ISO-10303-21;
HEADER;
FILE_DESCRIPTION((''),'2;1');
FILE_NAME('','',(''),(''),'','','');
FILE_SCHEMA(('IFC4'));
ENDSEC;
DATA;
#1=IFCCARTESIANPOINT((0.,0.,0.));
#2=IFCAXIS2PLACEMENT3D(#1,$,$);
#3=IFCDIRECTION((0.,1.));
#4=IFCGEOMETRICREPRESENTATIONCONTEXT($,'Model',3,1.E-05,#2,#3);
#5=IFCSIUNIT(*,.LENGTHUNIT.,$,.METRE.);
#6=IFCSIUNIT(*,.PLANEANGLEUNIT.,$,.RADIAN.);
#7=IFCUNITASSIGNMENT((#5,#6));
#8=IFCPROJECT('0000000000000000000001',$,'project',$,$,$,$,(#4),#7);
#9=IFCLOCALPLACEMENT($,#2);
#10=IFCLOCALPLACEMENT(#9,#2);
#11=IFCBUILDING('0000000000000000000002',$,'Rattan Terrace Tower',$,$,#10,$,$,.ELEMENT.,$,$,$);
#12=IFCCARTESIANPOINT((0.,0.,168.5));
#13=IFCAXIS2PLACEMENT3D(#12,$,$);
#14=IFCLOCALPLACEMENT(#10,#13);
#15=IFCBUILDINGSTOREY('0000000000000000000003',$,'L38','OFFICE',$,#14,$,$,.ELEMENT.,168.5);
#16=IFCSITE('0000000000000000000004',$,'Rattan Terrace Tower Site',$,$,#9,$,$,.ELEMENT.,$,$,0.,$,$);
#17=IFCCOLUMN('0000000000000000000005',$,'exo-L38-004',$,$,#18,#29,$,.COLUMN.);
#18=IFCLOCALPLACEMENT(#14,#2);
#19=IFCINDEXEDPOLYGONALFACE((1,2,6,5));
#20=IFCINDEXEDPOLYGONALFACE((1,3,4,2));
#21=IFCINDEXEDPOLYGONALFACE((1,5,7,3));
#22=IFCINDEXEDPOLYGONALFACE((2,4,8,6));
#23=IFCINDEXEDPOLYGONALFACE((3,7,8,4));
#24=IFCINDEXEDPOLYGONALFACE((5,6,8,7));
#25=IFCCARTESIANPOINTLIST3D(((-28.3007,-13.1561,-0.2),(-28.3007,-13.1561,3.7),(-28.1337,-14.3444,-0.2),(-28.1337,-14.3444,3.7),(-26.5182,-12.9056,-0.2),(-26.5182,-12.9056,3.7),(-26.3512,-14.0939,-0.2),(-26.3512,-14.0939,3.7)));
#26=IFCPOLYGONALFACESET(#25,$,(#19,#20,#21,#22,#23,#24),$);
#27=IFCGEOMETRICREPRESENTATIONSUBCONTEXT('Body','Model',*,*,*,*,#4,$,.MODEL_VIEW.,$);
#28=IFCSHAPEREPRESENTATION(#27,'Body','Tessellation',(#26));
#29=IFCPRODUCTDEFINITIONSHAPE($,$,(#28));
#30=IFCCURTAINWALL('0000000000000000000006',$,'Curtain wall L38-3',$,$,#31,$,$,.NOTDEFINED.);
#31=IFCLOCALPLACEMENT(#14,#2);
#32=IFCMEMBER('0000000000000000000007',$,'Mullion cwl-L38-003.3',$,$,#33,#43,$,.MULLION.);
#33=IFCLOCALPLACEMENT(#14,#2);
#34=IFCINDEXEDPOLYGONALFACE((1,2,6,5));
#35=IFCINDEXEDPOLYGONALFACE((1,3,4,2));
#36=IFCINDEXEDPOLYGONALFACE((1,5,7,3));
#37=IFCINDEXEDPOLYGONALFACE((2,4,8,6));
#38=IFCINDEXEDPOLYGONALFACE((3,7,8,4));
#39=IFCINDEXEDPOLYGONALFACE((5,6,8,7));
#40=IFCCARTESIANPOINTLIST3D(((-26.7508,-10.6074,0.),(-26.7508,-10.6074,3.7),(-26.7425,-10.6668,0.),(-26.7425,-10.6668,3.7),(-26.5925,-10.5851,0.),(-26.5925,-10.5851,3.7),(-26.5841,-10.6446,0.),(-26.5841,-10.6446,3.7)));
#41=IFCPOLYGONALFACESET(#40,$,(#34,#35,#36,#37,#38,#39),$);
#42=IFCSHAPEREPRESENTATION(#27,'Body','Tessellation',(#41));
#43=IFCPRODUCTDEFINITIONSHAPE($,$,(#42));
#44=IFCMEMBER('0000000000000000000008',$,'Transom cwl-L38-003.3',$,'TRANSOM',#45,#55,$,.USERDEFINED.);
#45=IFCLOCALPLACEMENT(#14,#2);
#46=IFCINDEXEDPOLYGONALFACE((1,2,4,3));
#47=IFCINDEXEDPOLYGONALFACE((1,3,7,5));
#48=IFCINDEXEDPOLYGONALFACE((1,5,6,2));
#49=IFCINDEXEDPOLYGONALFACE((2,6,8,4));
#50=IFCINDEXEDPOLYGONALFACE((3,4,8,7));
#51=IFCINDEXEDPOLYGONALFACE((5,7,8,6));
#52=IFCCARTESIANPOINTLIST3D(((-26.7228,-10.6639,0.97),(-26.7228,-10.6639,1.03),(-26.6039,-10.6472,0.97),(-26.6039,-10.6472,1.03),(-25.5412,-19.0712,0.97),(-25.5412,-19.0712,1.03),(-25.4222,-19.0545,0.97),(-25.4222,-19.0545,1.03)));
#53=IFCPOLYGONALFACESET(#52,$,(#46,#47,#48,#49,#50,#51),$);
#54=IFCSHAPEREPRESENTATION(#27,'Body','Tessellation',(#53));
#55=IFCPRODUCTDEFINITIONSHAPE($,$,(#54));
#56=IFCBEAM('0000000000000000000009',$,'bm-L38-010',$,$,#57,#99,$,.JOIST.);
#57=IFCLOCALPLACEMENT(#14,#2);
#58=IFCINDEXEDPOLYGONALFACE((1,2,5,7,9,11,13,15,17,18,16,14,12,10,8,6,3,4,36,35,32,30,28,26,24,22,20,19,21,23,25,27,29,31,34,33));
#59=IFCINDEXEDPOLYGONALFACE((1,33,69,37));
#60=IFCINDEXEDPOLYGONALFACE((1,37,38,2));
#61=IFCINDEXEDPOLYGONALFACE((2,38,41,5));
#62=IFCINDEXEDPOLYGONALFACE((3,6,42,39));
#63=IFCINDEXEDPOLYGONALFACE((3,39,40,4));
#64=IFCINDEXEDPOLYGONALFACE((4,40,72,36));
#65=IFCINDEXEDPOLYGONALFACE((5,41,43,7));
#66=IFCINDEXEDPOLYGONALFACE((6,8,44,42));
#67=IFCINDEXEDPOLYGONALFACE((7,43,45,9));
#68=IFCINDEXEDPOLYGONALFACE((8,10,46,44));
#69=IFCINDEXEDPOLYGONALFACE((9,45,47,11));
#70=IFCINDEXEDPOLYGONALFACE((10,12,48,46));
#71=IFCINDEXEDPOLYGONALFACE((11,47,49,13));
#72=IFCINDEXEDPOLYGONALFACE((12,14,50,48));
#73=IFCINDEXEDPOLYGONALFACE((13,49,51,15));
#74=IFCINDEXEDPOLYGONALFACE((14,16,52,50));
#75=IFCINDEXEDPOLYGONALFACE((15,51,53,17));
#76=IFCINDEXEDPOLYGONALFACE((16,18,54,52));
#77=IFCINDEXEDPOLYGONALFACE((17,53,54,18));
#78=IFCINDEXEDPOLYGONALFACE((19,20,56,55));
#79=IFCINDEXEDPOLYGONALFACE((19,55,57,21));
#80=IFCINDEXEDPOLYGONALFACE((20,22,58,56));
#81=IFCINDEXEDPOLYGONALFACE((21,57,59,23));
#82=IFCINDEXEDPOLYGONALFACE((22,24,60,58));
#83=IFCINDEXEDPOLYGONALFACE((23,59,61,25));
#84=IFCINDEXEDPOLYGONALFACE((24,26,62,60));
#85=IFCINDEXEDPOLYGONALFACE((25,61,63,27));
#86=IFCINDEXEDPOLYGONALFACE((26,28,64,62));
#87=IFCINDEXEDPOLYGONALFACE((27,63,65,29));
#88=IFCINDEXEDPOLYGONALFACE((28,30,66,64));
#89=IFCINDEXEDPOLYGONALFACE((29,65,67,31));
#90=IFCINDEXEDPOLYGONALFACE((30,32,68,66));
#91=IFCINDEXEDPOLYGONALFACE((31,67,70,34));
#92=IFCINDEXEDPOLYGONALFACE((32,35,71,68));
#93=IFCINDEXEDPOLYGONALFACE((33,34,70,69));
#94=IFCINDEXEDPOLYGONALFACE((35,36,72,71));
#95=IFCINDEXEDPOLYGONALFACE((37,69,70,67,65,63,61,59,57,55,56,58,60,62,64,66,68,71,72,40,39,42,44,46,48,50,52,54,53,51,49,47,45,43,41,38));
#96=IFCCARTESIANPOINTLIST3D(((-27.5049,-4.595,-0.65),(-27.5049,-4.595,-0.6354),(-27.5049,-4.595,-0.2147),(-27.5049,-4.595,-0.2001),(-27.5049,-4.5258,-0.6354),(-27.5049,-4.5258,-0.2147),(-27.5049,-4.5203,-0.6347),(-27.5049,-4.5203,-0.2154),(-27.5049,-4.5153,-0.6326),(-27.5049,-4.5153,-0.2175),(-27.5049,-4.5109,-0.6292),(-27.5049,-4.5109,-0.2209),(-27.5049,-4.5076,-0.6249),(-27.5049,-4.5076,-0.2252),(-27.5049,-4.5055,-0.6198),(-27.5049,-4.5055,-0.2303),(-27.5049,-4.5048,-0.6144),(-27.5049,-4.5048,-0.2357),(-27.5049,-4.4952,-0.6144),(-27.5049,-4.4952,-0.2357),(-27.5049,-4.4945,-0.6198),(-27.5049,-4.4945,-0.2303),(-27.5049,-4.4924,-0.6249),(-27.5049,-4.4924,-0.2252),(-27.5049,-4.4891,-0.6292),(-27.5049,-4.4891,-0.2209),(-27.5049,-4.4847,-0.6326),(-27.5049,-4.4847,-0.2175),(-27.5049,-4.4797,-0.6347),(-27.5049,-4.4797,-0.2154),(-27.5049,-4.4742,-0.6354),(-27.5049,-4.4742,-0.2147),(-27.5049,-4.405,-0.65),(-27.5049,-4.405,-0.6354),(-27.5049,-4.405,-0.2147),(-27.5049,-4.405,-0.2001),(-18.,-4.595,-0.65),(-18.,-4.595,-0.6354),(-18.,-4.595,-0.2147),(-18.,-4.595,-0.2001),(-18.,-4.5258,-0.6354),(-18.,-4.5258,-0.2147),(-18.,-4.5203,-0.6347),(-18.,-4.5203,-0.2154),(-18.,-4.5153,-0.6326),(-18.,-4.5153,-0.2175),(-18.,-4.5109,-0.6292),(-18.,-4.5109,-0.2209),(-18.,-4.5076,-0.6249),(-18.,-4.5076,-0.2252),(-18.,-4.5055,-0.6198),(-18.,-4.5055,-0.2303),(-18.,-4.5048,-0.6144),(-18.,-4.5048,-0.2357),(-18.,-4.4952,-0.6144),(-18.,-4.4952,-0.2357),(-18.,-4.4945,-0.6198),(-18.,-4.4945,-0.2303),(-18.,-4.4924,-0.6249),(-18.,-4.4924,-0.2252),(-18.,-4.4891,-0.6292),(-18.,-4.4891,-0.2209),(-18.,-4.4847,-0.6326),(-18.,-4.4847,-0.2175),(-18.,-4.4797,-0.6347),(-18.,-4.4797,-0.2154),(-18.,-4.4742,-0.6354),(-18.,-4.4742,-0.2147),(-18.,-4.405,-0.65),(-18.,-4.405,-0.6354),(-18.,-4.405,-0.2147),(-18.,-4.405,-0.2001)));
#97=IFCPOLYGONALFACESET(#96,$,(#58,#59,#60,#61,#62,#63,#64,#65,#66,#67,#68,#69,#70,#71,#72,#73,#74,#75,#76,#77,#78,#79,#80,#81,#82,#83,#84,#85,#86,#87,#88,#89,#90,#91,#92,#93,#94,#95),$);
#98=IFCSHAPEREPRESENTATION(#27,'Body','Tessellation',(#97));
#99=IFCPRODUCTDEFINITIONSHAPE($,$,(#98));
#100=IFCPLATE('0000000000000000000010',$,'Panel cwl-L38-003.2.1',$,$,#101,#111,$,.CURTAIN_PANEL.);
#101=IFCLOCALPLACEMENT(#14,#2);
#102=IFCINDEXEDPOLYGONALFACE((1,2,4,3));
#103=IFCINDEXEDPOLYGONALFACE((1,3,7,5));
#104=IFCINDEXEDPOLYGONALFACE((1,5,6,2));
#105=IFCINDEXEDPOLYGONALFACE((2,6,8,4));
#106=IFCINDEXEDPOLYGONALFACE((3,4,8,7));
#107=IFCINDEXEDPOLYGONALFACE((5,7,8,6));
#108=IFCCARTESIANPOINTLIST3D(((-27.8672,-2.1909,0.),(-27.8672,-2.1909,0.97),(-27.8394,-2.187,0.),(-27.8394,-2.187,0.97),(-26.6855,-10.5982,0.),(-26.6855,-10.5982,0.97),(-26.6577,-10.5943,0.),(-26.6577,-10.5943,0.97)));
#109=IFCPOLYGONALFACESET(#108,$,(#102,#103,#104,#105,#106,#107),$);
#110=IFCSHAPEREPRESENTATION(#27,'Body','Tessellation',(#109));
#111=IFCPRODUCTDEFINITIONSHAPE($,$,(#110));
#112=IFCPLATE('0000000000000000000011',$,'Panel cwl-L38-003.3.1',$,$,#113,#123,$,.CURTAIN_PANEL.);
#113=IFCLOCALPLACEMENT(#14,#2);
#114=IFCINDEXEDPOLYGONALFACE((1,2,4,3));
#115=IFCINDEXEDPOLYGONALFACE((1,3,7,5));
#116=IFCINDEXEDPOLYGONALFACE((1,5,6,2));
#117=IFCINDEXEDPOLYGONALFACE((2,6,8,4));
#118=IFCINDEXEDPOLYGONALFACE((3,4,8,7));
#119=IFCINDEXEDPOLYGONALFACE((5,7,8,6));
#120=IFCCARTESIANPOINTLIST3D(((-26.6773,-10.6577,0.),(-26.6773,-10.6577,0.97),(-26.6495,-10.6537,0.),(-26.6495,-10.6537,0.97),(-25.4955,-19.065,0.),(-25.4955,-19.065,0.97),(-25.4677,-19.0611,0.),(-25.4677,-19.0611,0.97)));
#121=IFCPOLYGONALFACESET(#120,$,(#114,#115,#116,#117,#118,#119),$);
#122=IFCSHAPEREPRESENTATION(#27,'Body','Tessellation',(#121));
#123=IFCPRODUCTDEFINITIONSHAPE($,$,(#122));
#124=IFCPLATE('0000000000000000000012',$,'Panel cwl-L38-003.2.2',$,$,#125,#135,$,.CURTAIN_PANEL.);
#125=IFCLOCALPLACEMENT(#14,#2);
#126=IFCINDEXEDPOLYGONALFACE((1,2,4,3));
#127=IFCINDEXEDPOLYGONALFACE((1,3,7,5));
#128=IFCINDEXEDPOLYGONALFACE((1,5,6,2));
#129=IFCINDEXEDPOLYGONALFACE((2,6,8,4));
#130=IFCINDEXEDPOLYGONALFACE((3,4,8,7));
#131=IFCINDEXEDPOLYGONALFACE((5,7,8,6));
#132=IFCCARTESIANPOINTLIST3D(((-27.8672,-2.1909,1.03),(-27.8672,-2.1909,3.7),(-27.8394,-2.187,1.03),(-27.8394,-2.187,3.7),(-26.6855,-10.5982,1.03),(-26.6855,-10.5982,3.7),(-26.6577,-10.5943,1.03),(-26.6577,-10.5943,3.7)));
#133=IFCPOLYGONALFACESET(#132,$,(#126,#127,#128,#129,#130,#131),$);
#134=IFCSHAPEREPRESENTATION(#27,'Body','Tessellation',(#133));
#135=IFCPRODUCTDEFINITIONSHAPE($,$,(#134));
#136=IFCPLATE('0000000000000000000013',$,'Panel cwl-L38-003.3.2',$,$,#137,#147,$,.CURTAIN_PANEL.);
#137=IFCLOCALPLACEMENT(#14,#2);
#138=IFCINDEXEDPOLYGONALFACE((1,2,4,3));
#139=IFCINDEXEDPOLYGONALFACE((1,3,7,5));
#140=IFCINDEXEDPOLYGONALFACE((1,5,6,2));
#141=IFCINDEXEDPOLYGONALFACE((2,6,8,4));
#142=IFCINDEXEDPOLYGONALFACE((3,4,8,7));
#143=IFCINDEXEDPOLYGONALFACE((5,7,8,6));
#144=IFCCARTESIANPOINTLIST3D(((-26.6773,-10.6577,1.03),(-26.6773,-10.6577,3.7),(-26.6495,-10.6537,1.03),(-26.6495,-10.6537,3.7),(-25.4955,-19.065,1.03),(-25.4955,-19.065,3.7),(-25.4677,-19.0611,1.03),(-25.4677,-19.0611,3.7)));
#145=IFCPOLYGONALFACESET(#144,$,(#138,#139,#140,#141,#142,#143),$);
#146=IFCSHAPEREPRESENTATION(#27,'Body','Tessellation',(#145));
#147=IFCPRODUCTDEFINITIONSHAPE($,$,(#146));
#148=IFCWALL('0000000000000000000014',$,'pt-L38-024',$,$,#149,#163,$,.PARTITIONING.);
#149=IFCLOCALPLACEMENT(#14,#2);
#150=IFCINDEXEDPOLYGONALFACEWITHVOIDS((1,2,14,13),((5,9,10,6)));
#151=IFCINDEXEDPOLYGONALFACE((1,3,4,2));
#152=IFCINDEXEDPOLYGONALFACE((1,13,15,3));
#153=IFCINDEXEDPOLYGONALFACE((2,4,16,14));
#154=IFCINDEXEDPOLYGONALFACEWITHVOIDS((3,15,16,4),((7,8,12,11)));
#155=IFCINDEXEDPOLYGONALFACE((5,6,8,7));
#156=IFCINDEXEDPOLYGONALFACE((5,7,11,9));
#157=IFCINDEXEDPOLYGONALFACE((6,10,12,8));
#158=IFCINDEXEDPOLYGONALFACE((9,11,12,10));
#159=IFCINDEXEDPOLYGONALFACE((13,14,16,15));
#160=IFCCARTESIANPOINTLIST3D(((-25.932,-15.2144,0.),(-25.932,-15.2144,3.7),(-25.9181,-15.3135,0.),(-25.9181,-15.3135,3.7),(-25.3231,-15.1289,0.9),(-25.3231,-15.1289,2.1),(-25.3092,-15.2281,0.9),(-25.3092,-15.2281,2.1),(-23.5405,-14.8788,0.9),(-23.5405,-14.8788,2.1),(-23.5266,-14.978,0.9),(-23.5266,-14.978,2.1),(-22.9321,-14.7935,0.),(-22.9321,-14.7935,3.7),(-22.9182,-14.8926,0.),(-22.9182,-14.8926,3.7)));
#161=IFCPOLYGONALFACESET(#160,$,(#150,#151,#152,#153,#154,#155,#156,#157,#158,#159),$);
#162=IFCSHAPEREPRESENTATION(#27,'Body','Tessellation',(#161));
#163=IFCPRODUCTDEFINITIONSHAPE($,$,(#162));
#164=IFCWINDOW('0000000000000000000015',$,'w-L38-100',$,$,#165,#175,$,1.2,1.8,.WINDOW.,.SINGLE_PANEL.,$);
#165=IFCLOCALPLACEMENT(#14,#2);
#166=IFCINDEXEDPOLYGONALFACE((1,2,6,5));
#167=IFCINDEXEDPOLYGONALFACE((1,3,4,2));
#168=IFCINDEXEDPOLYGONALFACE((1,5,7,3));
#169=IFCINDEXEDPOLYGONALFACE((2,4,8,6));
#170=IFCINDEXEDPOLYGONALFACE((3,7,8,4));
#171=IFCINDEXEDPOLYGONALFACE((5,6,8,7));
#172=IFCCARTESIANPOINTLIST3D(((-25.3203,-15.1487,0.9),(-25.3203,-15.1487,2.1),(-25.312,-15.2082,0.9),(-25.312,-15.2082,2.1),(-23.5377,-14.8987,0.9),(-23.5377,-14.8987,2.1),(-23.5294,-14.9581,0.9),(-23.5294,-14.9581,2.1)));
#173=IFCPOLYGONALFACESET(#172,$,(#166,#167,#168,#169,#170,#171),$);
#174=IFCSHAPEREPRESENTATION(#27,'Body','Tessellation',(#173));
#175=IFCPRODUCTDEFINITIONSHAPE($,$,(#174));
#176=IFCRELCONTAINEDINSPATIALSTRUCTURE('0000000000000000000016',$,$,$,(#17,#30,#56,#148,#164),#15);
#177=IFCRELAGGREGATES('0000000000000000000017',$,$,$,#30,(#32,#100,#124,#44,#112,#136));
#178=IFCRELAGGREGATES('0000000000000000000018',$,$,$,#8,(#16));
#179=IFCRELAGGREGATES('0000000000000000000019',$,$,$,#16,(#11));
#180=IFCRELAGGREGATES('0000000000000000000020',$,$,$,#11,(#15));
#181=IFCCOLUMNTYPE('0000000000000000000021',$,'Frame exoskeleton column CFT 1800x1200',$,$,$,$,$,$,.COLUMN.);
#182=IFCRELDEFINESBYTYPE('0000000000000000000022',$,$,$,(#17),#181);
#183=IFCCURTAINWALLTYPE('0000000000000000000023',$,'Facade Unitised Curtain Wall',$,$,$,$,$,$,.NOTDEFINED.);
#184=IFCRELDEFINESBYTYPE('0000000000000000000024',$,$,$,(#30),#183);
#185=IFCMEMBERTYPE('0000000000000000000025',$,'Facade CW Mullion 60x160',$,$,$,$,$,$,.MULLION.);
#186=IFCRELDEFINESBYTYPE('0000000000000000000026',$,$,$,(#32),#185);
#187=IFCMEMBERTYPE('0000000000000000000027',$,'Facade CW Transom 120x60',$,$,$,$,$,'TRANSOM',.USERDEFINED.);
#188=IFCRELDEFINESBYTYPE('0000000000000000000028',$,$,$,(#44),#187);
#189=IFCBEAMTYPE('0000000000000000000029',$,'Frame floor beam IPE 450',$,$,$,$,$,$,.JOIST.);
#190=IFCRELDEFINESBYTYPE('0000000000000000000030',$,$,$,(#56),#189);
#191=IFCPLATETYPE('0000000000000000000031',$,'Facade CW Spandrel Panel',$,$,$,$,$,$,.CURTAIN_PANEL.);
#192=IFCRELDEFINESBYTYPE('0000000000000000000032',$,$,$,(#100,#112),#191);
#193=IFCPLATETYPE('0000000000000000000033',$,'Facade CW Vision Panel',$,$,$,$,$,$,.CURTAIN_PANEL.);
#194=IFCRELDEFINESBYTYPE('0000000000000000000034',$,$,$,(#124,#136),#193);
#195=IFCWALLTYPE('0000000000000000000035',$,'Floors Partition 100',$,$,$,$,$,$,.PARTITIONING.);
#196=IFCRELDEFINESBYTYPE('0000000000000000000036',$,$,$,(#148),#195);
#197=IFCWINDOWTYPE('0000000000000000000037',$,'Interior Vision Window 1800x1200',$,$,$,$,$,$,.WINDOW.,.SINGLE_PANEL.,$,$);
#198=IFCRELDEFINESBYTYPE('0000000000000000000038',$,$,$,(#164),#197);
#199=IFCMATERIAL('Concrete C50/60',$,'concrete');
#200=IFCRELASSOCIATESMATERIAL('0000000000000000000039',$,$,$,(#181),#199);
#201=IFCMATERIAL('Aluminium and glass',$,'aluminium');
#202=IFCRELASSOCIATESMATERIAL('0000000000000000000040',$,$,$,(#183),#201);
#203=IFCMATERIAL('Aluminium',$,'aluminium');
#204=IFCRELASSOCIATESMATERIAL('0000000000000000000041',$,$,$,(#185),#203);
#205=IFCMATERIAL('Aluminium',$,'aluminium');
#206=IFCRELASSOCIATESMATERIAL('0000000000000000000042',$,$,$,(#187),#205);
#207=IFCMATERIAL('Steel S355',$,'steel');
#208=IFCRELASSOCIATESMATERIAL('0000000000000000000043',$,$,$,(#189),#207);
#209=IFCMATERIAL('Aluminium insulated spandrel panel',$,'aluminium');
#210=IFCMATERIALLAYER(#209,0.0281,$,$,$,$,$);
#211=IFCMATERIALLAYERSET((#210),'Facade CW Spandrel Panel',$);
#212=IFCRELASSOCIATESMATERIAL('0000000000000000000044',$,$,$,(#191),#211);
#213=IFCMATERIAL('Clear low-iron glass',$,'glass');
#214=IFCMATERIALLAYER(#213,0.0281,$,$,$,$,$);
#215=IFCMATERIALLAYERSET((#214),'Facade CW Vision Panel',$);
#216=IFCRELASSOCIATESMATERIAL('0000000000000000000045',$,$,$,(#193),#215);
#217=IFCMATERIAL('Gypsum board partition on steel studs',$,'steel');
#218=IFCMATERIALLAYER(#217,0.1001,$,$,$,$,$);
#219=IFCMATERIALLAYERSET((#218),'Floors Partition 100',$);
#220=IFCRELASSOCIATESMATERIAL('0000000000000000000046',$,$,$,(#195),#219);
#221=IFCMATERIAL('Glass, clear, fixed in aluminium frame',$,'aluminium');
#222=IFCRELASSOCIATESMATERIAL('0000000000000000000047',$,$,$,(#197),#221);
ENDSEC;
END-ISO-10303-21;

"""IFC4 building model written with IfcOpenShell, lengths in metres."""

from ifc_helpers import new_model, si_unit, direction, frame, frame_2d, origin, origin_2d, place, context, subcontext, project, spatial, rectangle, i_section, extrude, material, layer, layer_set, material_profile, profile_set, type_object, element, fill, aggregate, save


model = new_model("IFC4")

# Units and contexts
model_context = context("Model", 3, precision=1e-05, world=origin(), true_north=direction((0.0, 1.0)))
body_context = subcontext(model_context, "Body", "Model", "MODEL_VIEW")
ifc_project = project(units=[si_unit("LENGTHUNIT", "METRE"), si_unit("PLANEANGLEUNIT", "RADIAN")], contexts=[model_context])

# Site, building, storey
site_placement = place(None, origin())
site = spatial("IfcSite", under=ifc_project, at=site_placement, Name="Rattan Terrace Tower Site", CompositionType="ELEMENT", RefElevation=0.0)
building_placement = place(site_placement, origin())
building = spatial("IfcBuilding", under=site, at=building_placement, Name="Rattan Terrace Tower", CompositionType="ELEMENT")
storey_placement = place(building_placement, frame((0.0, 0.0, 168.5)))
storey = spatial("IfcBuildingStorey", under=building, at=storey_placement, Name="L38", Description="OFFICE", CompositionType="ELEMENT", Elevation=168.5)

# Column
ifc_material_1 = material(Name="Concrete C50/60", Category="concrete")
ifc_material_profile_1 = material_profile(ifc_material_1, rectangle(XDim=1.2, YDim=1.8, at=origin_2d()), Name="CFT 1800x1200")
ifc_profile_set_1 = profile_set([ifc_material_profile_1], Name="Concrete C50/60")
column_type = type_object("IfcColumnType", Name="Frame exoskeleton column CFT 1800x1200", PredefinedType="COLUMN", material=ifc_profile_set_1)
column_placement = place(storey_placement, frame((-27.3259, -13.625, -0.2), z_axis=(0.0, 0.0, 1.0), x_axis=(-0.13919, 0.990266, 0.0)))
element("IfcColumn", 1, at=column_placement, inside=storey, type_object=column_type, Name="exo-L38-004", PredefinedType="COLUMN", context=body_context, shape_type="SweptSolid", body=[
    extrude(rectangle(XDim=1.2, YDim=1.8, at=origin_2d()), origin(), (0.0, 0.0, 1.0), 3.8999),
])

# Curtain wall, members
ifc_material_2 = material(Name="Aluminium and glass", Category="aluminium")
curtain_wall_type = type_object("IfcCurtainWallType", Name="Facade Unitised Curtain Wall", PredefinedType="NOTDEFINED", material=ifc_material_2)
curtain_wall_placement = place(storey_placement, origin())
curtain_wall = element("IfcCurtainWall", 2, at=curtain_wall_placement, inside=storey, type_object=curtain_wall_type, Name="Curtain wall L38-3", PredefinedType="NOTDEFINED")
ifc_material_3 = material(Name="Aluminium", Category="aluminium")
ifc_material_profile_2 = material_profile(ifc_material_3, rectangle(XDim=0.0601, YDim=0.1599, at=origin_2d()), Name="Aluminium 60x160")
ifc_profile_set_2 = profile_set([ifc_material_profile_2], Name="Aluminium")
member_type_1 = type_object("IfcMemberType", Name="Facade CW Mullion 60x160", PredefinedType="MULLION", material=ifc_profile_set_2)
member_1_placement = place(storey_placement, frame((-26.6675, -10.626, 0.0), z_axis=(0.0, 0.0, 1.0), x_axis=(0.139191, -0.990266, 0.0)))
member_1 = element("IfcMember", 3, at=member_1_placement, type_object=member_type_1, Name="Mullion cwl-L38-003.3", PredefinedType="MULLION", context=body_context, shape_type="SweptSolid", body=[
    extrude(rectangle(XDim=0.0601, YDim=0.1599, at=origin_2d()), origin(), (0.0, 0.0, 1.0), 3.7),
])
ifc_material_4 = material(Name="Aluminium", Category="aluminium")
ifc_material_profile_3 = material_profile(ifc_material_4, rectangle(XDim=0.1201, YDim=0.0601, at=origin_2d()), Name="Aluminium 120x60")
ifc_profile_set_3 = profile_set([ifc_material_profile_3], Name="Aluminium")
member_type_2 = type_object("IfcMemberType", Name="Facade CW Transom 120x60", ElementType="TRANSOM", PredefinedType="USERDEFINED", material=ifc_profile_set_3)
member_2_placement = place(storey_placement, frame((-26.6633, -10.6555, 1.0), z_axis=(0.139179, -0.990267, 0.0), x_axis=(0.990267, 0.139179, 0.0)))
member_2 = element("IfcMember", 4, at=member_2_placement, type_object=member_type_2, Name="Transom cwl-L38-003.3", ObjectType="TRANSOM", PredefinedType="USERDEFINED", context=body_context, shape_type="SweptSolid", body=[
    extrude(rectangle(XDim=0.1201, YDim=0.0601, at=origin_2d()), origin(), (0.0, 0.0, 1.0), 8.49),
])

# Beam
ifc_material_5 = material(Name="Steel S355", Category="steel")
ifc_material_profile_4 = material_profile(ifc_material_5, i_section(OverallWidth=0.1899, OverallDepth=0.45, WebThickness=0.0095, FlangeThickness=0.0146, FilletRadius=0.021, at=origin_2d()), Name="IPE 450")
ifc_profile_set_4 = profile_set([ifc_material_profile_4], Name="Steel S355")
beam_type = type_object("IfcBeamType", Name="Frame floor beam IPE 450", PredefinedType="JOIST", material=ifc_profile_set_4)
beam_placement = place(storey_placement, frame((-27.5049, -4.5, -0.425), z_axis=(1.0, 0.0, 0.0), x_axis=(0.0, 1.0, 0.0)))
element("IfcBeam", 5, at=beam_placement, inside=storey, type_object=beam_type, Name="bm-L38-010", PredefinedType="JOIST", context=body_context, shape_type="SweptSolid", body=[
    extrude(i_section(OverallWidth=0.1899, OverallDepth=0.45, WebThickness=0.0095, FlangeThickness=0.0146, FilletRadius=0.021, at=origin_2d()), origin(), (0.0, 0.0, 1.0), 9.5049),
])

# Plates
ifc_material_6 = material(Name="Aluminium insulated spandrel panel", Category="aluminium")
ifc_layer_1 = layer(ifc_material_6, 0.0281)
ifc_layer_set_1 = layer_set([ifc_layer_1], Name="Facade CW Spandrel Panel")
plate_type_1 = type_object("IfcPlateType", Name="Facade CW Spandrel Panel", PredefinedType="CURTAIN_PANEL", material=ifc_layer_set_1)
plate_1_placement = place(storey_placement, frame((-27.2625, -6.3926, 0.0), z_axis=(0.0, 0.0, 1.0), x_axis=(0.139191, -0.990266, 0.0)))
plate_1 = element("IfcPlate", 6, at=plate_1_placement, type_object=plate_type_1, Name="Panel cwl-L38-003.2.1", PredefinedType="CURTAIN_PANEL", context=body_context, shape_type="SweptSolid", body=[
    extrude(rectangle(XDim=8.49, YDim=0.0281, at=origin_2d()), origin(), (0.0, 0.0, 1.0), 0.97),
])
plate_2_placement = place(storey_placement, frame((-26.0725, -14.8594, 0.0), z_axis=(0.0, 0.0, 1.0), x_axis=(0.139191, -0.990266, 0.0)))
plate_2 = element("IfcPlate", 7, at=plate_2_placement, type_object=plate_type_1, Name="Panel cwl-L38-003.3.1", PredefinedType="CURTAIN_PANEL", context=body_context, shape_type="SweptSolid", body=[
    extrude(rectangle(XDim=8.49, YDim=0.0281, at=origin_2d()), origin(), (0.0, 0.0, 1.0), 0.97),
])
ifc_material_7 = material(Name="Clear low-iron glass", Category="glass")
ifc_layer_2 = layer(ifc_material_7, 0.0281)
ifc_layer_set_2 = layer_set([ifc_layer_2], Name="Facade CW Vision Panel")
plate_type_2 = type_object("IfcPlateType", Name="Facade CW Vision Panel", PredefinedType="CURTAIN_PANEL", material=ifc_layer_set_2)
plate_3_placement = place(storey_placement, frame((-27.2625, -6.3926, 1.03), z_axis=(0.0, 0.0, 1.0), x_axis=(0.139191, -0.990266, 0.0)))
plate_3 = element("IfcPlate", 8, at=plate_3_placement, type_object=plate_type_2, Name="Panel cwl-L38-003.2.2", PredefinedType="CURTAIN_PANEL", context=body_context, shape_type="SweptSolid", body=[
    extrude(rectangle(XDim=8.49, YDim=0.0281, at=origin_2d()), origin(), (0.0, 0.0, 1.0), 2.6699),
])
plate_4_placement = place(storey_placement, frame((-26.0725, -14.8594, 1.03), z_axis=(0.0, 0.0, 1.0), x_axis=(0.139191, -0.990266, 0.0)))
plate_4 = element("IfcPlate", 9, at=plate_4_placement, type_object=plate_type_2, Name="Panel cwl-L38-003.3.2", PredefinedType="CURTAIN_PANEL", context=body_context, shape_type="SweptSolid", body=[
    extrude(rectangle(XDim=8.49, YDim=0.0281, at=origin_2d()), origin(), (0.0, 0.0, 1.0), 2.6699),
])
aggregate(curtain_wall, [member_1, plate_1, plate_3, member_2, plate_2, plate_4])

# Wall, opening, window
ifc_material_8 = material(Name="Gypsum board partition on steel studs", Category="steel")
ifc_layer_3 = layer(ifc_material_8, 0.1001)
ifc_layer_set_3 = layer_set([ifc_layer_3], Name="Floors Partition 100")
wall_type_1 = type_object("IfcWallType", Name="Floors Partition 100", PredefinedType="PARTITIONING", material=ifc_layer_set_3)
wall_1_placement = place(storey_placement, frame((-25.925, -15.2639, 0.0), z_axis=(0.0, 0.0, 1.0), x_axis=(0.990301, 0.138939, 0.0)))
wall_1 = element("IfcWall", 10, at=wall_1_placement, inside=storey, type_object=wall_type_1, Name="pt-L38-024", PredefinedType="PARTITIONING", context=body_context, shape_type="SweptSolid", body=[
    extrude(rectangle(XDim=3.0293, YDim=0.1001, at=frame_2d((1.5146, 0.0))), origin(), (0.0, 0.0, 1.0), 3.7),
])
opening_1_placement = place(wall_1_placement, frame((0.615, 0.0, 0.8999)))
opening_1 = element("IfcOpeningElement", 11, at=opening_1_placement, cuts=wall_1, PredefinedType="OPENING", context=body_context, shape_type="SweptSolid", body=[
    extrude(rectangle(XDim=1.8, YDim=1.2, at=frame_2d((0.8999, 0.6001))), frame((0.0, 0.0605, 0.0), z_axis=(0.0, -1.0, 0.0), x_axis=(1.0, 0.0, 0.0)), (0.0, 0.0, 1.0), 0.1211),
])
ifc_material_9 = material(Name="Glass, clear, fixed in aluminium frame", Category="aluminium")
window_type_1 = type_object("IfcWindowType", Name="Interior Vision Window 1800x1200", PartitioningType="SINGLE_PANEL", PredefinedType="WINDOW", material=ifc_material_9)
window_1_placement = place(opening_1_placement, origin())
window_1 = element("IfcWindow", 12, at=window_1_placement, inside=storey, type_object=window_type_1, Name="w-L38-100", OverallHeight=1.2, OverallWidth=1.8, PartitioningType="SINGLE_PANEL", PredefinedType="WINDOW", context=body_context, shape_type="SweptSolid", body=[
    extrude(rectangle(XDim=1.8, YDim=1.2, at=frame_2d((0.8999, 0.6001))), frame((0.0, 0.03, 0.0), z_axis=(0.0, -1.0, 0.0), x_axis=(1.0, 0.0, 0.0)), (0.0, 0.0, 1.0), 0.0601),
])
fill(opening_1, window_1)

save(model, "model.ifc")
